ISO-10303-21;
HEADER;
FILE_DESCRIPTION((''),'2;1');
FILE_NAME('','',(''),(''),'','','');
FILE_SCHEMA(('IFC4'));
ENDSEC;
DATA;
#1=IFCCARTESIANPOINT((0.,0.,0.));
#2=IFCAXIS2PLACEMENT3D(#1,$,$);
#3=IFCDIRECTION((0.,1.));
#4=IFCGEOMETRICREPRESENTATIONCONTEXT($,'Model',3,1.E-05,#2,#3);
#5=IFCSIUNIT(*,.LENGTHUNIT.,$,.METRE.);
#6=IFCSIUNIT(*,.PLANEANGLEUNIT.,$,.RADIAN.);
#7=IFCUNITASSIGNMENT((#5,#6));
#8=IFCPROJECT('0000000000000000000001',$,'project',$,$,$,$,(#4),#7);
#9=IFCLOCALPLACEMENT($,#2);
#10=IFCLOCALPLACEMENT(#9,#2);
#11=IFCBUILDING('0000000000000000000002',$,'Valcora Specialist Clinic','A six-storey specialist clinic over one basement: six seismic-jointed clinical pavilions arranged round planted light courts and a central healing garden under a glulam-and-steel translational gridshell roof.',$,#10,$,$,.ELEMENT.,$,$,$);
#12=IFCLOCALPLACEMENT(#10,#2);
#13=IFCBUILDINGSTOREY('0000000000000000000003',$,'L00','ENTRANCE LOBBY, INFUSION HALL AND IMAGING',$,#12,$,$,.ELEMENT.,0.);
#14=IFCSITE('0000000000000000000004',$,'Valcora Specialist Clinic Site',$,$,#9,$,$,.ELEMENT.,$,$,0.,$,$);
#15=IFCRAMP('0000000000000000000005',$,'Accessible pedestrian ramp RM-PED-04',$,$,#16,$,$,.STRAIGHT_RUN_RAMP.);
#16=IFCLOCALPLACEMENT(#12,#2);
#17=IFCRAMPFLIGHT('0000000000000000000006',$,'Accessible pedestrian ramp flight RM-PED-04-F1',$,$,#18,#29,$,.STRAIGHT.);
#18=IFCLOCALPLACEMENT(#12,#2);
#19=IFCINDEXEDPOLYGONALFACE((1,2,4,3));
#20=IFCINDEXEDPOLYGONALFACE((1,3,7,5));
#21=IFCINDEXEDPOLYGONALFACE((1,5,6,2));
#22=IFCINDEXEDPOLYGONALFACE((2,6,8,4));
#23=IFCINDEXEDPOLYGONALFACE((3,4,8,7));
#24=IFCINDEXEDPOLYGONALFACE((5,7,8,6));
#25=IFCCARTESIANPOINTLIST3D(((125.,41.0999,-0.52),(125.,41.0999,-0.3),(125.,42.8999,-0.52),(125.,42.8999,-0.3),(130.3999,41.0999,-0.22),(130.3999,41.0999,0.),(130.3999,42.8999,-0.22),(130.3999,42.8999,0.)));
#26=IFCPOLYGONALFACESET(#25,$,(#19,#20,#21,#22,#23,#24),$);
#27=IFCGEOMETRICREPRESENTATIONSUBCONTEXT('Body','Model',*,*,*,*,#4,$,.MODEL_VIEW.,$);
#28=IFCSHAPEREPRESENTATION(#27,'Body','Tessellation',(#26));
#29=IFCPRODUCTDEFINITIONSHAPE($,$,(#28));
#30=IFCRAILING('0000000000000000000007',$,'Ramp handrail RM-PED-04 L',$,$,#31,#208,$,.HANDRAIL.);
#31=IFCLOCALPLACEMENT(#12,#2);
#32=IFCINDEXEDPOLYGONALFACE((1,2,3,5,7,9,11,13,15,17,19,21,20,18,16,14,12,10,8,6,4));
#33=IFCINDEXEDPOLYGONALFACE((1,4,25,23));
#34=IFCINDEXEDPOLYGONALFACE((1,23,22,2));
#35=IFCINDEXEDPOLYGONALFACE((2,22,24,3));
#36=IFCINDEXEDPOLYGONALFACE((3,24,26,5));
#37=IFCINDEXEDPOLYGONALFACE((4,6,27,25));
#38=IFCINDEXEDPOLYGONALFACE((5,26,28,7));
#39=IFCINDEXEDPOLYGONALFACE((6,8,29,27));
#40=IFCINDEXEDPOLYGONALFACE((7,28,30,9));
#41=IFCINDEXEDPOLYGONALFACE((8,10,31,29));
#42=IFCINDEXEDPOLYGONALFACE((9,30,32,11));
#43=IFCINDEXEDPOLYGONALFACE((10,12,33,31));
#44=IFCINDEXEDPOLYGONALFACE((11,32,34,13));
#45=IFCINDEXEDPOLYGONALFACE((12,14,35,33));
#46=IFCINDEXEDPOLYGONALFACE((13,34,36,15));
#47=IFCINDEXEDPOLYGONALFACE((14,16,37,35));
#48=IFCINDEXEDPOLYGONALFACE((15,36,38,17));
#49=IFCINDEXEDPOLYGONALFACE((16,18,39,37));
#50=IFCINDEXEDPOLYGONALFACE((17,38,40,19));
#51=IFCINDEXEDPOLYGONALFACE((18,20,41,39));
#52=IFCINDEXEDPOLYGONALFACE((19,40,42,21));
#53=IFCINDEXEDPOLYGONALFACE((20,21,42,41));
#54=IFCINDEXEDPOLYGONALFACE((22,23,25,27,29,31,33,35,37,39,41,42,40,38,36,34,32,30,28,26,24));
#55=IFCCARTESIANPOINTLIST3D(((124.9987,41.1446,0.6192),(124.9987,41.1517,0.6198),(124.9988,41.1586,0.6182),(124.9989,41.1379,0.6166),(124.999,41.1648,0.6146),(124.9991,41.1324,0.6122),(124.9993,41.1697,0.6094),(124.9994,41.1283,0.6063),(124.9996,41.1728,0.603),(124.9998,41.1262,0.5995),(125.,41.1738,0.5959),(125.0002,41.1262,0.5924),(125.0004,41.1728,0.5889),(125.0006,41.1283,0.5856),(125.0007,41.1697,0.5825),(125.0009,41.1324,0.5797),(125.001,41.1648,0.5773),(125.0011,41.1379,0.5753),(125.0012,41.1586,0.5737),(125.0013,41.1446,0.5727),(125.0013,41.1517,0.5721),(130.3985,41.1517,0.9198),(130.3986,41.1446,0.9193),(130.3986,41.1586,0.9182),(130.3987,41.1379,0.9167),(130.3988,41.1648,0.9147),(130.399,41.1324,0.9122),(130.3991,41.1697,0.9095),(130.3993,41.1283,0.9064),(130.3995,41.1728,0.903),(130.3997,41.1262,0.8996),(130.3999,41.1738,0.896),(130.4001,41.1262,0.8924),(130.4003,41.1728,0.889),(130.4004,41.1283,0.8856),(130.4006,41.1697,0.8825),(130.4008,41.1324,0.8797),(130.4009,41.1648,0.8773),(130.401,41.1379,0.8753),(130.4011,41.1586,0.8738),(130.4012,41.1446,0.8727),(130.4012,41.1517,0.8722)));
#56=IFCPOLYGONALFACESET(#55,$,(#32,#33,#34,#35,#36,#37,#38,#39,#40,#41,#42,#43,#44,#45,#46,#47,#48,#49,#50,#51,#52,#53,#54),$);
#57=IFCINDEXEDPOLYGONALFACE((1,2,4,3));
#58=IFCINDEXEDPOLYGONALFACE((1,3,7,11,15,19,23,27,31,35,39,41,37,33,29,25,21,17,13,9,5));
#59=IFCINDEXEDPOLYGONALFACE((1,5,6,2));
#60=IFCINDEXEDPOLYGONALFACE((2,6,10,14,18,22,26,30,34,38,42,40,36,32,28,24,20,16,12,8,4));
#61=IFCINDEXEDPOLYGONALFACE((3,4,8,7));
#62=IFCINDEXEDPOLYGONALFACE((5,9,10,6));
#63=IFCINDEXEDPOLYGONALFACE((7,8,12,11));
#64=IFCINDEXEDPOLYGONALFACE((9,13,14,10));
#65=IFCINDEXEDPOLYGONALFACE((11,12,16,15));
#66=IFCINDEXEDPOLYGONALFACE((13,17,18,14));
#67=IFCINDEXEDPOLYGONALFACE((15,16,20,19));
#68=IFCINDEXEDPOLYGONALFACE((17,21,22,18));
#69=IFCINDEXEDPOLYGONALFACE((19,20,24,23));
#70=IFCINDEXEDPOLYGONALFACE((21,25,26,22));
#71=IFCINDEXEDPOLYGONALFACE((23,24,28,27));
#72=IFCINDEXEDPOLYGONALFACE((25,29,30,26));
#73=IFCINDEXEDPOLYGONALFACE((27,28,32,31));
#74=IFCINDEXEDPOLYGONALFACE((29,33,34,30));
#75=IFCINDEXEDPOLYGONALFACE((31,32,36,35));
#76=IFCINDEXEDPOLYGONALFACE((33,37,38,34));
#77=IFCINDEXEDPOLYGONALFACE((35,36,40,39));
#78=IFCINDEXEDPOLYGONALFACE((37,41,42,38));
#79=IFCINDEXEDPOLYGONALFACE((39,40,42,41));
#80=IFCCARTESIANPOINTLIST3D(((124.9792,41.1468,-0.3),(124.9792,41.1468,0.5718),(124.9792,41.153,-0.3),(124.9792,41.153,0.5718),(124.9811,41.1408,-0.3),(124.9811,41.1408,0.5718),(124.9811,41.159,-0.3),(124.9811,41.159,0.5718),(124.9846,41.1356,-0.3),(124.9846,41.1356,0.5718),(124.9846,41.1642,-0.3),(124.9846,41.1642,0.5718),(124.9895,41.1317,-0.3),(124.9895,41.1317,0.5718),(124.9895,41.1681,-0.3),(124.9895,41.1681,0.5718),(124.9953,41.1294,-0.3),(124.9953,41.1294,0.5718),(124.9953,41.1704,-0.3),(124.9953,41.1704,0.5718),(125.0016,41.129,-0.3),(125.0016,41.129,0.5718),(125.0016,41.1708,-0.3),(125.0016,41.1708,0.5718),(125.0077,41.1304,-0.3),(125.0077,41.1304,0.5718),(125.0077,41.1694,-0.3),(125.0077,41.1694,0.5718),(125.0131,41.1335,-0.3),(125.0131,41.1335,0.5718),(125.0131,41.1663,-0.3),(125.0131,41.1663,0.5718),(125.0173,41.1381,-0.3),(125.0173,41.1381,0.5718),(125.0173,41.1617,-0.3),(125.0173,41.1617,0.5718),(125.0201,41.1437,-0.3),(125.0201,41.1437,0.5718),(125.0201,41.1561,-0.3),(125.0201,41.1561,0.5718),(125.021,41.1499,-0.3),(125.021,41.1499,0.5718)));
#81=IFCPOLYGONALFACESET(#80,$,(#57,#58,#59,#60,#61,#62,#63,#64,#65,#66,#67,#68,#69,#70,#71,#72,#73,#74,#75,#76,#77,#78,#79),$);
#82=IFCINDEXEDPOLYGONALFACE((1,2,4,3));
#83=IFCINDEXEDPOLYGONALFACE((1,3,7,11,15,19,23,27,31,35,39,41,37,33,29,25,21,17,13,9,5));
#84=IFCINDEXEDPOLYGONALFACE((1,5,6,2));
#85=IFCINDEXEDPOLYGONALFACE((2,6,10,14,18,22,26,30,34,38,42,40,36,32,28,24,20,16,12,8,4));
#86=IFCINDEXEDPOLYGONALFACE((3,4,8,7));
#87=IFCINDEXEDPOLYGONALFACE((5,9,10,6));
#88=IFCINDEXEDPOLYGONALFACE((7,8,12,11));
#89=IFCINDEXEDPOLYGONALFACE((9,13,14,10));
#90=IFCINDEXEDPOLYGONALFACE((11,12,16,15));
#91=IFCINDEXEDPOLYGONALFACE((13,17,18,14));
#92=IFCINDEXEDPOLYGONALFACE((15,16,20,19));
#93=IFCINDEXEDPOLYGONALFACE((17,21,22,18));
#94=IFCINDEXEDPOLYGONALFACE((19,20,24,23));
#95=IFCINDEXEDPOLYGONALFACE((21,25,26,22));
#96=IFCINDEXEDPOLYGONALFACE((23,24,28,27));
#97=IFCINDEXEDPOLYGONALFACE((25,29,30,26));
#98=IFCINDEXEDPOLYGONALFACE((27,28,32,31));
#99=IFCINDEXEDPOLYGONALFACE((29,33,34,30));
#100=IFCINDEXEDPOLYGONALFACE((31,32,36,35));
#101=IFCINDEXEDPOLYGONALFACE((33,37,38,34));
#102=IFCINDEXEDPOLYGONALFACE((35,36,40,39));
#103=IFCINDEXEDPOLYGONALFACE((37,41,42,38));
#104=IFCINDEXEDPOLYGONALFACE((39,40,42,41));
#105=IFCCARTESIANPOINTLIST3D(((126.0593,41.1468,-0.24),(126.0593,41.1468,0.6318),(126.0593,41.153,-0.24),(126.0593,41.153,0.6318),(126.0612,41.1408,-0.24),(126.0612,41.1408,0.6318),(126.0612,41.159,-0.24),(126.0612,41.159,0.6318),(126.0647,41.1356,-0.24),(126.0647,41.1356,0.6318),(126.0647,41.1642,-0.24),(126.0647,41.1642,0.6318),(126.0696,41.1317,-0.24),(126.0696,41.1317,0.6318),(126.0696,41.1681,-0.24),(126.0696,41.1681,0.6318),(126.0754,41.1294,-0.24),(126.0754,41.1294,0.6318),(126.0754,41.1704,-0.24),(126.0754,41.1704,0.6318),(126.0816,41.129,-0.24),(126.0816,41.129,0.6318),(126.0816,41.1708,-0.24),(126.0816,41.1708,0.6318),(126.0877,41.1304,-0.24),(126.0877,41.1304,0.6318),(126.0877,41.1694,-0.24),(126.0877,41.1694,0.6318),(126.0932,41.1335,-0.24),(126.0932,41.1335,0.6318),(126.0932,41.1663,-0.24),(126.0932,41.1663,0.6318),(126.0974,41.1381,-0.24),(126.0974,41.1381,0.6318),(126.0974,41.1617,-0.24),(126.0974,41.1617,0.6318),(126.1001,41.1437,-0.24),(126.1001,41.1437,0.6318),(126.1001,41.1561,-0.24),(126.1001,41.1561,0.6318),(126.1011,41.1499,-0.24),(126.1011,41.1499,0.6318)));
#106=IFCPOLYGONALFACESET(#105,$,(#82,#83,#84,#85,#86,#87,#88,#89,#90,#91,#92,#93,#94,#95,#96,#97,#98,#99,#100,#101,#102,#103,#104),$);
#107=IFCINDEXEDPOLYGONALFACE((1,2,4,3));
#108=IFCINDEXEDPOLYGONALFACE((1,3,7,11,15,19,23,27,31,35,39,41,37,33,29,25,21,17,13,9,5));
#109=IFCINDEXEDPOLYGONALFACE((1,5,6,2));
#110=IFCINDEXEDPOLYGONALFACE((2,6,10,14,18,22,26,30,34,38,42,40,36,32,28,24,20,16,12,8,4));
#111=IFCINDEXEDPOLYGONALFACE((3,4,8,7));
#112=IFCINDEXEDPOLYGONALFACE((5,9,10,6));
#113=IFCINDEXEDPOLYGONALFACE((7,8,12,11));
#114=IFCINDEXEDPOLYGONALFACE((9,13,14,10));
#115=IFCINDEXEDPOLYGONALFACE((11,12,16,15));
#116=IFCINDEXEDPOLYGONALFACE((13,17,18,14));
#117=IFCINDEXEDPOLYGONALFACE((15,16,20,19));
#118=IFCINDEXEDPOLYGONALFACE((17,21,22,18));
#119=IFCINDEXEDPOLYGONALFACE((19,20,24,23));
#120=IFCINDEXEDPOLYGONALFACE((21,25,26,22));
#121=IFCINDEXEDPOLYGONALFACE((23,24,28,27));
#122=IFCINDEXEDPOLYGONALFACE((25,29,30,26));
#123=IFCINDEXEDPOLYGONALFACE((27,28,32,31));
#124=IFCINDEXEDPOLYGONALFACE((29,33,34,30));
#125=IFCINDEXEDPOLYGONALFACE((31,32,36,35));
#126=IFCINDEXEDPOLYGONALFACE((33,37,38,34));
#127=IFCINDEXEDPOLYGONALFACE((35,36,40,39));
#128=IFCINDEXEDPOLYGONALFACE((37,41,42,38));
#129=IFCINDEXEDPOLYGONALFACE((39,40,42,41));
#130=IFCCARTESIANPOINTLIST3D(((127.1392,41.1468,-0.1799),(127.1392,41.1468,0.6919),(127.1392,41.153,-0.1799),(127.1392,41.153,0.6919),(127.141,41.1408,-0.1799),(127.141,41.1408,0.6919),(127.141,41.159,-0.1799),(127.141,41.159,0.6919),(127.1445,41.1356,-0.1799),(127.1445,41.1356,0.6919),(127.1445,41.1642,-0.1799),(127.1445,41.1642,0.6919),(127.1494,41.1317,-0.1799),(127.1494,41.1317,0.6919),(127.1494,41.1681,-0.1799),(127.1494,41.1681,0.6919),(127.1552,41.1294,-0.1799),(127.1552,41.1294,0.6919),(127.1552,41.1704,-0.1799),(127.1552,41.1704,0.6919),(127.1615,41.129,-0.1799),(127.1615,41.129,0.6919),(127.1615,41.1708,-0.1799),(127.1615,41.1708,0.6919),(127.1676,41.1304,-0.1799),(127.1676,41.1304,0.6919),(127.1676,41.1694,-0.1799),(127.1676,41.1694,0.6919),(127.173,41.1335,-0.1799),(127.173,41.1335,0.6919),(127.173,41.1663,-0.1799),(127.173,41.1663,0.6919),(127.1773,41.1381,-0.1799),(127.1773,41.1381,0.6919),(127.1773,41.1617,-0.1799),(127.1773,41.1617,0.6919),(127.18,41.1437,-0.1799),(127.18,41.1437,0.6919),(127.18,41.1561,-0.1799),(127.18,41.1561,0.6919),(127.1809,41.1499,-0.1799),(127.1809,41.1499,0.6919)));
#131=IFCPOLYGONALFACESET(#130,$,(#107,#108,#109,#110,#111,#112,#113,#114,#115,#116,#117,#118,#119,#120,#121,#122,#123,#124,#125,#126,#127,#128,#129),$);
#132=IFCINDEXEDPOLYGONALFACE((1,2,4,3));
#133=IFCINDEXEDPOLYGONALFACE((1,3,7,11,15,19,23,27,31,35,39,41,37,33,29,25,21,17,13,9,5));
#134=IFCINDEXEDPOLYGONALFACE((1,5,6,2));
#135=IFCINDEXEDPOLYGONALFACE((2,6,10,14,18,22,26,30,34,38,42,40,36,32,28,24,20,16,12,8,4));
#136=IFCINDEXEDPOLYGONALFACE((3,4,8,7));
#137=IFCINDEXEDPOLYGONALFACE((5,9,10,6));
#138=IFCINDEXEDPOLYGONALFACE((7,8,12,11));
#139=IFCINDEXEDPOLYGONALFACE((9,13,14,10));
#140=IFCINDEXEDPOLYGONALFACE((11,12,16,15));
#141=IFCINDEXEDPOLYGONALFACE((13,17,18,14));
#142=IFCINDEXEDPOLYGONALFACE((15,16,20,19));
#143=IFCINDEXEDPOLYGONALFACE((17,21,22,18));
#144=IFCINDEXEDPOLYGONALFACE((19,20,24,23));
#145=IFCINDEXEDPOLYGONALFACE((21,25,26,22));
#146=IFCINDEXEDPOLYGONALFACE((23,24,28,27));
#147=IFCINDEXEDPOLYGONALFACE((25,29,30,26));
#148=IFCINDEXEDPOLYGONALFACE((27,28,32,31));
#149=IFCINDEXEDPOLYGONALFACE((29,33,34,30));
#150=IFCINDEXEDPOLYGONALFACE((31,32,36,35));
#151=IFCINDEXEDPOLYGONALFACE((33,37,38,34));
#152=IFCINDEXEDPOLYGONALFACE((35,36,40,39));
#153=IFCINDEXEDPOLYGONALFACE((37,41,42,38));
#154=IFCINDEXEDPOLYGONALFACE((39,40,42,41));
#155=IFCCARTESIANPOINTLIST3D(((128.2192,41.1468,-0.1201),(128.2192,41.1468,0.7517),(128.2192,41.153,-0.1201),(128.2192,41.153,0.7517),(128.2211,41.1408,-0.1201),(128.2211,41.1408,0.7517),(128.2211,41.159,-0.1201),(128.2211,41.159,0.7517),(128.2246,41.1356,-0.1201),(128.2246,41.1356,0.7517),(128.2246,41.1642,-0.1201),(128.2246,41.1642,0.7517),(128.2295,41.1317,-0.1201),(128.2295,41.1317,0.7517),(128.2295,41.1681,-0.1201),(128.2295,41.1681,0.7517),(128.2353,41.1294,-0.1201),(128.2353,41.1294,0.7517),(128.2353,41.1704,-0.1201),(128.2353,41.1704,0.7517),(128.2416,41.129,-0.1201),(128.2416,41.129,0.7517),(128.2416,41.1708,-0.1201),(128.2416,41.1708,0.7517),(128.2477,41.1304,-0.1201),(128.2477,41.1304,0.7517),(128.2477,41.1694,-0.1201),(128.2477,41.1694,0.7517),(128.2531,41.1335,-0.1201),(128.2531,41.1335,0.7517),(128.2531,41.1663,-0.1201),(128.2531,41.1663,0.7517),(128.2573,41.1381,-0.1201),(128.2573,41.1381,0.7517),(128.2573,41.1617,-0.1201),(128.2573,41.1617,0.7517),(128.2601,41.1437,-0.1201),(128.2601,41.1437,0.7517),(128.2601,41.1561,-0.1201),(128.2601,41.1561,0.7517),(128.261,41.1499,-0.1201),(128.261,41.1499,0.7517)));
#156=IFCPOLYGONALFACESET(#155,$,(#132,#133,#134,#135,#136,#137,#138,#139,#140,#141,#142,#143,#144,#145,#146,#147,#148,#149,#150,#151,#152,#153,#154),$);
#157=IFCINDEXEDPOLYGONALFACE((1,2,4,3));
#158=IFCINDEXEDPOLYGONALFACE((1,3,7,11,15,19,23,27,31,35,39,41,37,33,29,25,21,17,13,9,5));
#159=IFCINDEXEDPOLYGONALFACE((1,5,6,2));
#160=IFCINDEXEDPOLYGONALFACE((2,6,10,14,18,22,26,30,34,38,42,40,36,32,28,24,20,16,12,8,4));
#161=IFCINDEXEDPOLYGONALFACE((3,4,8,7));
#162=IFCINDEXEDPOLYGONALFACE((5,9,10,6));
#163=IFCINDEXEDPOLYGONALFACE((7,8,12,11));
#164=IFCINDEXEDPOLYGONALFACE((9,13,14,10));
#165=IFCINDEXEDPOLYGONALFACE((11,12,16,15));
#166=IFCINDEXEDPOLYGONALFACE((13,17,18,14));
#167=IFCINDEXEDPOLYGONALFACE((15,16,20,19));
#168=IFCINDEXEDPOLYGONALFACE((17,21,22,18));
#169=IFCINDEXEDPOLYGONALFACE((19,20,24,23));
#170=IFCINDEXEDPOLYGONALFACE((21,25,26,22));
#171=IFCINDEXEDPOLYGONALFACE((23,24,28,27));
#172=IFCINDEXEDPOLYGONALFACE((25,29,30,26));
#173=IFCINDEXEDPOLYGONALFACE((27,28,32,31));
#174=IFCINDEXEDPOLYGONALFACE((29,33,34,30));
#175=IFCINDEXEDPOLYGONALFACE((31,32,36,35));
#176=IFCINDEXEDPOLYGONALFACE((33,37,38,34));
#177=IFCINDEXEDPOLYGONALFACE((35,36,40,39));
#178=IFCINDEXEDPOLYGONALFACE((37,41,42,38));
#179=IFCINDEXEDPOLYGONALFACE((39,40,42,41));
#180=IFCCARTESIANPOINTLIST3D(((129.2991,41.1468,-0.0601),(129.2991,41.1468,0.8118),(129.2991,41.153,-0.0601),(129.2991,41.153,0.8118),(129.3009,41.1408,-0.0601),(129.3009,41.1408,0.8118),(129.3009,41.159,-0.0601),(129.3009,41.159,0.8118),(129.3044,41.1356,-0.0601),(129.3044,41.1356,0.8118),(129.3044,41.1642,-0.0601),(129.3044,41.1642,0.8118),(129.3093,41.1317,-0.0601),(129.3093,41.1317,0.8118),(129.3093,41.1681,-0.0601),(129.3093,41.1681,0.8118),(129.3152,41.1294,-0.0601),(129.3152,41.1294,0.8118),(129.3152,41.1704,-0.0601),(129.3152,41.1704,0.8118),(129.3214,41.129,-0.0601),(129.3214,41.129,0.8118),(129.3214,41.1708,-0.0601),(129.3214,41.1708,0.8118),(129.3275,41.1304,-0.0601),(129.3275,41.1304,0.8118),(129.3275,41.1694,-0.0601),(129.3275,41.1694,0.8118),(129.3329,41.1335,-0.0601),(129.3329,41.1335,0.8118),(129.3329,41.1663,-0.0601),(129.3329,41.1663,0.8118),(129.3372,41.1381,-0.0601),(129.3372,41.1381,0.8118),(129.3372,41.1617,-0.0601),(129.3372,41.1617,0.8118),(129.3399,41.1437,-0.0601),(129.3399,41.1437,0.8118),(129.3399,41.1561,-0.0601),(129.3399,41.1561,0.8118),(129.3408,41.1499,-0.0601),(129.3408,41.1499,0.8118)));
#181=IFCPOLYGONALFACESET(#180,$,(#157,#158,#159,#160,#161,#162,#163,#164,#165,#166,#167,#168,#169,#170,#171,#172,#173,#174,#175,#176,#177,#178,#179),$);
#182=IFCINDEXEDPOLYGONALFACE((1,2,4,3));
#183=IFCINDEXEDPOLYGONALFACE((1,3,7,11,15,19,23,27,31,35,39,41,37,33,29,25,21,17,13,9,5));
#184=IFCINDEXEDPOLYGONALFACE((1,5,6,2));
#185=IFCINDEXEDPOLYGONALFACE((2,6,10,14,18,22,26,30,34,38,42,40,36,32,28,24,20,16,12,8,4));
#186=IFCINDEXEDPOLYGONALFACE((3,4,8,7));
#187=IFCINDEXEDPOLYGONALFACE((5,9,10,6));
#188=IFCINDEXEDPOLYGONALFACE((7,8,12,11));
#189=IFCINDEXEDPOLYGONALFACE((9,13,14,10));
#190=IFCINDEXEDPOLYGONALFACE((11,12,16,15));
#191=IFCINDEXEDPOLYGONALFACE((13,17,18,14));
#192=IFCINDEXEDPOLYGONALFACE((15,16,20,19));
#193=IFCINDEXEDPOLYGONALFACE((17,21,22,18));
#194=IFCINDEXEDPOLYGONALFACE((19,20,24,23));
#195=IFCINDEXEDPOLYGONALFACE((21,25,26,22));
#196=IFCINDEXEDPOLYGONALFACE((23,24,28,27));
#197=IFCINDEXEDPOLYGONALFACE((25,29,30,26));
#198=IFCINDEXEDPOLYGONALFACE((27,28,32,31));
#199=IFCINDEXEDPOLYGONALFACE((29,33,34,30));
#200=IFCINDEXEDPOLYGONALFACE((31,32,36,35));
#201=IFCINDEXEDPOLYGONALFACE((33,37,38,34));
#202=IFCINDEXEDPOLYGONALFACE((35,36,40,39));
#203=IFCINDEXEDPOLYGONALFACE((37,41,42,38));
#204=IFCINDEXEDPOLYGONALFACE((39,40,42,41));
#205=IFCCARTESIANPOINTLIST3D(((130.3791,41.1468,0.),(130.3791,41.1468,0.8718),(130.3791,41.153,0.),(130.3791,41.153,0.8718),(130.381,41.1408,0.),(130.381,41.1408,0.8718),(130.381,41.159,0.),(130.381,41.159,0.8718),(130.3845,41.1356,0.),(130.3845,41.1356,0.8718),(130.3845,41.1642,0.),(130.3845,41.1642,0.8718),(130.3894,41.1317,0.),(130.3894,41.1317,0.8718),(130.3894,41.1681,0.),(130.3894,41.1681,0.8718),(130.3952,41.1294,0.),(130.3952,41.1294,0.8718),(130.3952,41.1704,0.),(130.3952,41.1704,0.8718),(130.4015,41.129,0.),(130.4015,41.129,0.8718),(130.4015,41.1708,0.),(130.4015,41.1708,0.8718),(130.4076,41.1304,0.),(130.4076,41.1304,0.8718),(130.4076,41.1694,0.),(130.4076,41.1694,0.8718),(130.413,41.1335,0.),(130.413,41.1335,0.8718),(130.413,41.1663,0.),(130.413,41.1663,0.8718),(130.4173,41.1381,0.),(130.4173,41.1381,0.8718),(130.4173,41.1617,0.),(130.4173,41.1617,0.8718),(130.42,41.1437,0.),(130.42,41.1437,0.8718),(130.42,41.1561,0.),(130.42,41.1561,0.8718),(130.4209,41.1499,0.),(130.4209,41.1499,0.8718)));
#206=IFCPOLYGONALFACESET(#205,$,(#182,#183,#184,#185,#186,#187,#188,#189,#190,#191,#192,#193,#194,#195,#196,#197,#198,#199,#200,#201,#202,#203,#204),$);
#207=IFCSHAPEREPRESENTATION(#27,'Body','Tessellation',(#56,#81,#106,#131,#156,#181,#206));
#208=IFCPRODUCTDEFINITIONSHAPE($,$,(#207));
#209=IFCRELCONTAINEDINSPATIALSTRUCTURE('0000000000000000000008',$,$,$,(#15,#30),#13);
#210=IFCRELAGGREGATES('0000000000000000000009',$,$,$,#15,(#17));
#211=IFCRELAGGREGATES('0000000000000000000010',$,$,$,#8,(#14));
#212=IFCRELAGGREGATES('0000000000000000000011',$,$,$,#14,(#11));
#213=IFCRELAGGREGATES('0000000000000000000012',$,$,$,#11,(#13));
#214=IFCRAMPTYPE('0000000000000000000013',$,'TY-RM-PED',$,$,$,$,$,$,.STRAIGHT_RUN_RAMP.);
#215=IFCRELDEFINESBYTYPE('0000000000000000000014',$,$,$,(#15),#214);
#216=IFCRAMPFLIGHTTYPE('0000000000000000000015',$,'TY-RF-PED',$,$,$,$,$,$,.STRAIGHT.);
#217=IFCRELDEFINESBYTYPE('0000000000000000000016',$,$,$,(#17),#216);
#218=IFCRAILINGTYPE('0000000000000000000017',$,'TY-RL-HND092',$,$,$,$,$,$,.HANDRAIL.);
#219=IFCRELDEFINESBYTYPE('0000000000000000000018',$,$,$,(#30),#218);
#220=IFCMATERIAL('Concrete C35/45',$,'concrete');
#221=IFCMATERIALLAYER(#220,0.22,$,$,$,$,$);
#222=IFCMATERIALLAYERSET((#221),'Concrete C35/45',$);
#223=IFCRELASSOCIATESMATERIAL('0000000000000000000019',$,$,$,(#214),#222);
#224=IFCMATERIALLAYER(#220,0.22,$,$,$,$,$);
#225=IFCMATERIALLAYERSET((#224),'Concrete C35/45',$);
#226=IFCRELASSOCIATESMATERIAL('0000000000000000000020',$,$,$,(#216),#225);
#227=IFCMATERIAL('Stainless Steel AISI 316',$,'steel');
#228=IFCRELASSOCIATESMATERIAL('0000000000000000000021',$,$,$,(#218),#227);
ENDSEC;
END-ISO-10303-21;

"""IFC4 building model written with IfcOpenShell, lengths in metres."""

from ifc_helpers import new_model, si_unit, direction, frame, origin, origin_2d, place, context, subcontext, project, spatial, polyline, circle, outline, extrude, material, layer, layer_set, type_object, element, aggregate, save


model = new_model("IFC4")

# Units and contexts
model_context = context("Model", 3, precision=1e-05, world=origin(), true_north=direction((0.0, 1.0)))
body_context = subcontext(model_context, "Body", "Model", "MODEL_VIEW")
ifc_project = project(units=[si_unit("LENGTHUNIT", "METRE"), si_unit("PLANEANGLEUNIT", "RADIAN")], contexts=[model_context])

# Site, building, storey
site_placement = place(None, origin())
site = spatial("IfcSite", under=ifc_project, at=site_placement, Name="Valcora Specialist Clinic Site", CompositionType="ELEMENT", RefElevation=0.0)
building_placement = place(site_placement, origin())
building = spatial("IfcBuilding", under=site, at=building_placement, Name="Valcora Specialist Clinic", Description="A six-storey specialist clinic over one basement: six seismic-jointed clinical pavilions arranged round planted light courts and a central healing garden under a glulam-and-steel translational gridshell roof.", CompositionType="ELEMENT")
storey_placement = place(building_placement, origin())
storey = spatial("IfcBuildingStorey", under=building, at=storey_placement, Name="L00", Description="ENTRANCE LOBBY, INFUSION HALL AND IMAGING", CompositionType="ELEMENT", Elevation=0.0)

# Ramp, ramp flight
ifc_material_1 = material(Name="Concrete C35/45", Category="concrete")
ifc_layer_1 = layer(ifc_material_1, 0.22)
ifc_layer_set_1 = layer_set([ifc_layer_1], Name="Concrete C35/45")
ramp_type = type_object("IfcRampType", Name="TY-RM-PED", PredefinedType="STRAIGHT_RUN_RAMP", material=ifc_layer_set_1)
ramp_placement = place(storey_placement, origin())
ramp = element("IfcRamp", 1, at=ramp_placement, inside=storey, type_object=ramp_type, Name="Accessible pedestrian ramp RM-PED-04", PredefinedType="STRAIGHT_RUN_RAMP")
ifc_layer_2 = layer(ifc_material_1, 0.22)
ifc_layer_set_2 = layer_set([ifc_layer_2], Name="Concrete C35/45")
ramp_flight_type = type_object("IfcRampFlightType", Name="TY-RF-PED", PredefinedType="STRAIGHT", material=ifc_layer_set_2)
ramp_flight_placement = place(storey_placement, frame((125.0, 42.0, -0.3), z_axis=(0.0, 0.0, 1.0), x_axis=(1.0, 0.0, 0.0)))
ramp_flight = element("IfcRampFlight", 2, at=ramp_flight_placement, type_object=ramp_flight_type, Name="Accessible pedestrian ramp flight RM-PED-04-F1", PredefinedType="STRAIGHT", context=body_context, shape_type="SweptSolid", body=[
    extrude(outline(polyline([(0.0, 0.0), (5.3999, 0.3), (5.3999, 0.0801), (0.0, -0.22), (0.0, 0.0)])), frame((0.0, 0.8999, 0.0), z_axis=(0.0, -1.0, 0.0), x_axis=(1.0, 0.0, 0.0)), (0.0, 0.0, 1.0), 1.8),
])
aggregate(ramp, [ramp_flight])

# Railing
ifc_material_2 = material(Name="Stainless Steel AISI 316", Category="steel")
railing_type = type_object("IfcRailingType", Name="TY-RL-HND092", PredefinedType="HANDRAIL", material=ifc_material_2)
for number, where, name in (
    (3, (125.0, 41.1499, -0.3), "Ramp handrail RM-PED-04 L"),
):
    element("IfcRailing", number, at=place(storey_placement, frame(where)), inside=storey, type_object=railing_type, Name=name, PredefinedType="HANDRAIL", context=body_context, shape_type="SweptSolid", body=[
        extrude(circle(Radius=0.0239, at=origin_2d()), frame((0.0, 0.0, 0.896), z_axis=(0.99846, 0.0, 0.05548), x_axis=(0.0, 1.0, 0.0)), (0.0, 0.0, 1.0), 5.4082),
        extrude(circle(Radius=0.021, at=origin_2d()), origin(), (0.0, 0.0, 1.0), 0.8718),
        extrude(circle(Radius=0.021, at=origin_2d()), frame((1.0801, 0.0, 0.0601)), (0.0, 0.0, 1.0), 0.8718),
        extrude(circle(Radius=0.021, at=origin_2d()), frame((2.1599, 0.0, 0.1201)), (0.0, 0.0, 1.0), 0.8718),
        extrude(circle(Radius=0.021, at=origin_2d()), frame((3.24, 0.0, 0.1799)), (0.0, 0.0, 1.0), 0.8718),
        extrude(circle(Radius=0.021, at=origin_2d()), frame((4.3198, 0.0, 0.24)), (0.0, 0.0, 1.0), 0.8718),
        extrude(circle(Radius=0.021, at=origin_2d()), frame((5.3999, 0.0, 0.3)), (0.0, 0.0, 1.0), 0.8718),
    ])

save(model, "model.ifc")
